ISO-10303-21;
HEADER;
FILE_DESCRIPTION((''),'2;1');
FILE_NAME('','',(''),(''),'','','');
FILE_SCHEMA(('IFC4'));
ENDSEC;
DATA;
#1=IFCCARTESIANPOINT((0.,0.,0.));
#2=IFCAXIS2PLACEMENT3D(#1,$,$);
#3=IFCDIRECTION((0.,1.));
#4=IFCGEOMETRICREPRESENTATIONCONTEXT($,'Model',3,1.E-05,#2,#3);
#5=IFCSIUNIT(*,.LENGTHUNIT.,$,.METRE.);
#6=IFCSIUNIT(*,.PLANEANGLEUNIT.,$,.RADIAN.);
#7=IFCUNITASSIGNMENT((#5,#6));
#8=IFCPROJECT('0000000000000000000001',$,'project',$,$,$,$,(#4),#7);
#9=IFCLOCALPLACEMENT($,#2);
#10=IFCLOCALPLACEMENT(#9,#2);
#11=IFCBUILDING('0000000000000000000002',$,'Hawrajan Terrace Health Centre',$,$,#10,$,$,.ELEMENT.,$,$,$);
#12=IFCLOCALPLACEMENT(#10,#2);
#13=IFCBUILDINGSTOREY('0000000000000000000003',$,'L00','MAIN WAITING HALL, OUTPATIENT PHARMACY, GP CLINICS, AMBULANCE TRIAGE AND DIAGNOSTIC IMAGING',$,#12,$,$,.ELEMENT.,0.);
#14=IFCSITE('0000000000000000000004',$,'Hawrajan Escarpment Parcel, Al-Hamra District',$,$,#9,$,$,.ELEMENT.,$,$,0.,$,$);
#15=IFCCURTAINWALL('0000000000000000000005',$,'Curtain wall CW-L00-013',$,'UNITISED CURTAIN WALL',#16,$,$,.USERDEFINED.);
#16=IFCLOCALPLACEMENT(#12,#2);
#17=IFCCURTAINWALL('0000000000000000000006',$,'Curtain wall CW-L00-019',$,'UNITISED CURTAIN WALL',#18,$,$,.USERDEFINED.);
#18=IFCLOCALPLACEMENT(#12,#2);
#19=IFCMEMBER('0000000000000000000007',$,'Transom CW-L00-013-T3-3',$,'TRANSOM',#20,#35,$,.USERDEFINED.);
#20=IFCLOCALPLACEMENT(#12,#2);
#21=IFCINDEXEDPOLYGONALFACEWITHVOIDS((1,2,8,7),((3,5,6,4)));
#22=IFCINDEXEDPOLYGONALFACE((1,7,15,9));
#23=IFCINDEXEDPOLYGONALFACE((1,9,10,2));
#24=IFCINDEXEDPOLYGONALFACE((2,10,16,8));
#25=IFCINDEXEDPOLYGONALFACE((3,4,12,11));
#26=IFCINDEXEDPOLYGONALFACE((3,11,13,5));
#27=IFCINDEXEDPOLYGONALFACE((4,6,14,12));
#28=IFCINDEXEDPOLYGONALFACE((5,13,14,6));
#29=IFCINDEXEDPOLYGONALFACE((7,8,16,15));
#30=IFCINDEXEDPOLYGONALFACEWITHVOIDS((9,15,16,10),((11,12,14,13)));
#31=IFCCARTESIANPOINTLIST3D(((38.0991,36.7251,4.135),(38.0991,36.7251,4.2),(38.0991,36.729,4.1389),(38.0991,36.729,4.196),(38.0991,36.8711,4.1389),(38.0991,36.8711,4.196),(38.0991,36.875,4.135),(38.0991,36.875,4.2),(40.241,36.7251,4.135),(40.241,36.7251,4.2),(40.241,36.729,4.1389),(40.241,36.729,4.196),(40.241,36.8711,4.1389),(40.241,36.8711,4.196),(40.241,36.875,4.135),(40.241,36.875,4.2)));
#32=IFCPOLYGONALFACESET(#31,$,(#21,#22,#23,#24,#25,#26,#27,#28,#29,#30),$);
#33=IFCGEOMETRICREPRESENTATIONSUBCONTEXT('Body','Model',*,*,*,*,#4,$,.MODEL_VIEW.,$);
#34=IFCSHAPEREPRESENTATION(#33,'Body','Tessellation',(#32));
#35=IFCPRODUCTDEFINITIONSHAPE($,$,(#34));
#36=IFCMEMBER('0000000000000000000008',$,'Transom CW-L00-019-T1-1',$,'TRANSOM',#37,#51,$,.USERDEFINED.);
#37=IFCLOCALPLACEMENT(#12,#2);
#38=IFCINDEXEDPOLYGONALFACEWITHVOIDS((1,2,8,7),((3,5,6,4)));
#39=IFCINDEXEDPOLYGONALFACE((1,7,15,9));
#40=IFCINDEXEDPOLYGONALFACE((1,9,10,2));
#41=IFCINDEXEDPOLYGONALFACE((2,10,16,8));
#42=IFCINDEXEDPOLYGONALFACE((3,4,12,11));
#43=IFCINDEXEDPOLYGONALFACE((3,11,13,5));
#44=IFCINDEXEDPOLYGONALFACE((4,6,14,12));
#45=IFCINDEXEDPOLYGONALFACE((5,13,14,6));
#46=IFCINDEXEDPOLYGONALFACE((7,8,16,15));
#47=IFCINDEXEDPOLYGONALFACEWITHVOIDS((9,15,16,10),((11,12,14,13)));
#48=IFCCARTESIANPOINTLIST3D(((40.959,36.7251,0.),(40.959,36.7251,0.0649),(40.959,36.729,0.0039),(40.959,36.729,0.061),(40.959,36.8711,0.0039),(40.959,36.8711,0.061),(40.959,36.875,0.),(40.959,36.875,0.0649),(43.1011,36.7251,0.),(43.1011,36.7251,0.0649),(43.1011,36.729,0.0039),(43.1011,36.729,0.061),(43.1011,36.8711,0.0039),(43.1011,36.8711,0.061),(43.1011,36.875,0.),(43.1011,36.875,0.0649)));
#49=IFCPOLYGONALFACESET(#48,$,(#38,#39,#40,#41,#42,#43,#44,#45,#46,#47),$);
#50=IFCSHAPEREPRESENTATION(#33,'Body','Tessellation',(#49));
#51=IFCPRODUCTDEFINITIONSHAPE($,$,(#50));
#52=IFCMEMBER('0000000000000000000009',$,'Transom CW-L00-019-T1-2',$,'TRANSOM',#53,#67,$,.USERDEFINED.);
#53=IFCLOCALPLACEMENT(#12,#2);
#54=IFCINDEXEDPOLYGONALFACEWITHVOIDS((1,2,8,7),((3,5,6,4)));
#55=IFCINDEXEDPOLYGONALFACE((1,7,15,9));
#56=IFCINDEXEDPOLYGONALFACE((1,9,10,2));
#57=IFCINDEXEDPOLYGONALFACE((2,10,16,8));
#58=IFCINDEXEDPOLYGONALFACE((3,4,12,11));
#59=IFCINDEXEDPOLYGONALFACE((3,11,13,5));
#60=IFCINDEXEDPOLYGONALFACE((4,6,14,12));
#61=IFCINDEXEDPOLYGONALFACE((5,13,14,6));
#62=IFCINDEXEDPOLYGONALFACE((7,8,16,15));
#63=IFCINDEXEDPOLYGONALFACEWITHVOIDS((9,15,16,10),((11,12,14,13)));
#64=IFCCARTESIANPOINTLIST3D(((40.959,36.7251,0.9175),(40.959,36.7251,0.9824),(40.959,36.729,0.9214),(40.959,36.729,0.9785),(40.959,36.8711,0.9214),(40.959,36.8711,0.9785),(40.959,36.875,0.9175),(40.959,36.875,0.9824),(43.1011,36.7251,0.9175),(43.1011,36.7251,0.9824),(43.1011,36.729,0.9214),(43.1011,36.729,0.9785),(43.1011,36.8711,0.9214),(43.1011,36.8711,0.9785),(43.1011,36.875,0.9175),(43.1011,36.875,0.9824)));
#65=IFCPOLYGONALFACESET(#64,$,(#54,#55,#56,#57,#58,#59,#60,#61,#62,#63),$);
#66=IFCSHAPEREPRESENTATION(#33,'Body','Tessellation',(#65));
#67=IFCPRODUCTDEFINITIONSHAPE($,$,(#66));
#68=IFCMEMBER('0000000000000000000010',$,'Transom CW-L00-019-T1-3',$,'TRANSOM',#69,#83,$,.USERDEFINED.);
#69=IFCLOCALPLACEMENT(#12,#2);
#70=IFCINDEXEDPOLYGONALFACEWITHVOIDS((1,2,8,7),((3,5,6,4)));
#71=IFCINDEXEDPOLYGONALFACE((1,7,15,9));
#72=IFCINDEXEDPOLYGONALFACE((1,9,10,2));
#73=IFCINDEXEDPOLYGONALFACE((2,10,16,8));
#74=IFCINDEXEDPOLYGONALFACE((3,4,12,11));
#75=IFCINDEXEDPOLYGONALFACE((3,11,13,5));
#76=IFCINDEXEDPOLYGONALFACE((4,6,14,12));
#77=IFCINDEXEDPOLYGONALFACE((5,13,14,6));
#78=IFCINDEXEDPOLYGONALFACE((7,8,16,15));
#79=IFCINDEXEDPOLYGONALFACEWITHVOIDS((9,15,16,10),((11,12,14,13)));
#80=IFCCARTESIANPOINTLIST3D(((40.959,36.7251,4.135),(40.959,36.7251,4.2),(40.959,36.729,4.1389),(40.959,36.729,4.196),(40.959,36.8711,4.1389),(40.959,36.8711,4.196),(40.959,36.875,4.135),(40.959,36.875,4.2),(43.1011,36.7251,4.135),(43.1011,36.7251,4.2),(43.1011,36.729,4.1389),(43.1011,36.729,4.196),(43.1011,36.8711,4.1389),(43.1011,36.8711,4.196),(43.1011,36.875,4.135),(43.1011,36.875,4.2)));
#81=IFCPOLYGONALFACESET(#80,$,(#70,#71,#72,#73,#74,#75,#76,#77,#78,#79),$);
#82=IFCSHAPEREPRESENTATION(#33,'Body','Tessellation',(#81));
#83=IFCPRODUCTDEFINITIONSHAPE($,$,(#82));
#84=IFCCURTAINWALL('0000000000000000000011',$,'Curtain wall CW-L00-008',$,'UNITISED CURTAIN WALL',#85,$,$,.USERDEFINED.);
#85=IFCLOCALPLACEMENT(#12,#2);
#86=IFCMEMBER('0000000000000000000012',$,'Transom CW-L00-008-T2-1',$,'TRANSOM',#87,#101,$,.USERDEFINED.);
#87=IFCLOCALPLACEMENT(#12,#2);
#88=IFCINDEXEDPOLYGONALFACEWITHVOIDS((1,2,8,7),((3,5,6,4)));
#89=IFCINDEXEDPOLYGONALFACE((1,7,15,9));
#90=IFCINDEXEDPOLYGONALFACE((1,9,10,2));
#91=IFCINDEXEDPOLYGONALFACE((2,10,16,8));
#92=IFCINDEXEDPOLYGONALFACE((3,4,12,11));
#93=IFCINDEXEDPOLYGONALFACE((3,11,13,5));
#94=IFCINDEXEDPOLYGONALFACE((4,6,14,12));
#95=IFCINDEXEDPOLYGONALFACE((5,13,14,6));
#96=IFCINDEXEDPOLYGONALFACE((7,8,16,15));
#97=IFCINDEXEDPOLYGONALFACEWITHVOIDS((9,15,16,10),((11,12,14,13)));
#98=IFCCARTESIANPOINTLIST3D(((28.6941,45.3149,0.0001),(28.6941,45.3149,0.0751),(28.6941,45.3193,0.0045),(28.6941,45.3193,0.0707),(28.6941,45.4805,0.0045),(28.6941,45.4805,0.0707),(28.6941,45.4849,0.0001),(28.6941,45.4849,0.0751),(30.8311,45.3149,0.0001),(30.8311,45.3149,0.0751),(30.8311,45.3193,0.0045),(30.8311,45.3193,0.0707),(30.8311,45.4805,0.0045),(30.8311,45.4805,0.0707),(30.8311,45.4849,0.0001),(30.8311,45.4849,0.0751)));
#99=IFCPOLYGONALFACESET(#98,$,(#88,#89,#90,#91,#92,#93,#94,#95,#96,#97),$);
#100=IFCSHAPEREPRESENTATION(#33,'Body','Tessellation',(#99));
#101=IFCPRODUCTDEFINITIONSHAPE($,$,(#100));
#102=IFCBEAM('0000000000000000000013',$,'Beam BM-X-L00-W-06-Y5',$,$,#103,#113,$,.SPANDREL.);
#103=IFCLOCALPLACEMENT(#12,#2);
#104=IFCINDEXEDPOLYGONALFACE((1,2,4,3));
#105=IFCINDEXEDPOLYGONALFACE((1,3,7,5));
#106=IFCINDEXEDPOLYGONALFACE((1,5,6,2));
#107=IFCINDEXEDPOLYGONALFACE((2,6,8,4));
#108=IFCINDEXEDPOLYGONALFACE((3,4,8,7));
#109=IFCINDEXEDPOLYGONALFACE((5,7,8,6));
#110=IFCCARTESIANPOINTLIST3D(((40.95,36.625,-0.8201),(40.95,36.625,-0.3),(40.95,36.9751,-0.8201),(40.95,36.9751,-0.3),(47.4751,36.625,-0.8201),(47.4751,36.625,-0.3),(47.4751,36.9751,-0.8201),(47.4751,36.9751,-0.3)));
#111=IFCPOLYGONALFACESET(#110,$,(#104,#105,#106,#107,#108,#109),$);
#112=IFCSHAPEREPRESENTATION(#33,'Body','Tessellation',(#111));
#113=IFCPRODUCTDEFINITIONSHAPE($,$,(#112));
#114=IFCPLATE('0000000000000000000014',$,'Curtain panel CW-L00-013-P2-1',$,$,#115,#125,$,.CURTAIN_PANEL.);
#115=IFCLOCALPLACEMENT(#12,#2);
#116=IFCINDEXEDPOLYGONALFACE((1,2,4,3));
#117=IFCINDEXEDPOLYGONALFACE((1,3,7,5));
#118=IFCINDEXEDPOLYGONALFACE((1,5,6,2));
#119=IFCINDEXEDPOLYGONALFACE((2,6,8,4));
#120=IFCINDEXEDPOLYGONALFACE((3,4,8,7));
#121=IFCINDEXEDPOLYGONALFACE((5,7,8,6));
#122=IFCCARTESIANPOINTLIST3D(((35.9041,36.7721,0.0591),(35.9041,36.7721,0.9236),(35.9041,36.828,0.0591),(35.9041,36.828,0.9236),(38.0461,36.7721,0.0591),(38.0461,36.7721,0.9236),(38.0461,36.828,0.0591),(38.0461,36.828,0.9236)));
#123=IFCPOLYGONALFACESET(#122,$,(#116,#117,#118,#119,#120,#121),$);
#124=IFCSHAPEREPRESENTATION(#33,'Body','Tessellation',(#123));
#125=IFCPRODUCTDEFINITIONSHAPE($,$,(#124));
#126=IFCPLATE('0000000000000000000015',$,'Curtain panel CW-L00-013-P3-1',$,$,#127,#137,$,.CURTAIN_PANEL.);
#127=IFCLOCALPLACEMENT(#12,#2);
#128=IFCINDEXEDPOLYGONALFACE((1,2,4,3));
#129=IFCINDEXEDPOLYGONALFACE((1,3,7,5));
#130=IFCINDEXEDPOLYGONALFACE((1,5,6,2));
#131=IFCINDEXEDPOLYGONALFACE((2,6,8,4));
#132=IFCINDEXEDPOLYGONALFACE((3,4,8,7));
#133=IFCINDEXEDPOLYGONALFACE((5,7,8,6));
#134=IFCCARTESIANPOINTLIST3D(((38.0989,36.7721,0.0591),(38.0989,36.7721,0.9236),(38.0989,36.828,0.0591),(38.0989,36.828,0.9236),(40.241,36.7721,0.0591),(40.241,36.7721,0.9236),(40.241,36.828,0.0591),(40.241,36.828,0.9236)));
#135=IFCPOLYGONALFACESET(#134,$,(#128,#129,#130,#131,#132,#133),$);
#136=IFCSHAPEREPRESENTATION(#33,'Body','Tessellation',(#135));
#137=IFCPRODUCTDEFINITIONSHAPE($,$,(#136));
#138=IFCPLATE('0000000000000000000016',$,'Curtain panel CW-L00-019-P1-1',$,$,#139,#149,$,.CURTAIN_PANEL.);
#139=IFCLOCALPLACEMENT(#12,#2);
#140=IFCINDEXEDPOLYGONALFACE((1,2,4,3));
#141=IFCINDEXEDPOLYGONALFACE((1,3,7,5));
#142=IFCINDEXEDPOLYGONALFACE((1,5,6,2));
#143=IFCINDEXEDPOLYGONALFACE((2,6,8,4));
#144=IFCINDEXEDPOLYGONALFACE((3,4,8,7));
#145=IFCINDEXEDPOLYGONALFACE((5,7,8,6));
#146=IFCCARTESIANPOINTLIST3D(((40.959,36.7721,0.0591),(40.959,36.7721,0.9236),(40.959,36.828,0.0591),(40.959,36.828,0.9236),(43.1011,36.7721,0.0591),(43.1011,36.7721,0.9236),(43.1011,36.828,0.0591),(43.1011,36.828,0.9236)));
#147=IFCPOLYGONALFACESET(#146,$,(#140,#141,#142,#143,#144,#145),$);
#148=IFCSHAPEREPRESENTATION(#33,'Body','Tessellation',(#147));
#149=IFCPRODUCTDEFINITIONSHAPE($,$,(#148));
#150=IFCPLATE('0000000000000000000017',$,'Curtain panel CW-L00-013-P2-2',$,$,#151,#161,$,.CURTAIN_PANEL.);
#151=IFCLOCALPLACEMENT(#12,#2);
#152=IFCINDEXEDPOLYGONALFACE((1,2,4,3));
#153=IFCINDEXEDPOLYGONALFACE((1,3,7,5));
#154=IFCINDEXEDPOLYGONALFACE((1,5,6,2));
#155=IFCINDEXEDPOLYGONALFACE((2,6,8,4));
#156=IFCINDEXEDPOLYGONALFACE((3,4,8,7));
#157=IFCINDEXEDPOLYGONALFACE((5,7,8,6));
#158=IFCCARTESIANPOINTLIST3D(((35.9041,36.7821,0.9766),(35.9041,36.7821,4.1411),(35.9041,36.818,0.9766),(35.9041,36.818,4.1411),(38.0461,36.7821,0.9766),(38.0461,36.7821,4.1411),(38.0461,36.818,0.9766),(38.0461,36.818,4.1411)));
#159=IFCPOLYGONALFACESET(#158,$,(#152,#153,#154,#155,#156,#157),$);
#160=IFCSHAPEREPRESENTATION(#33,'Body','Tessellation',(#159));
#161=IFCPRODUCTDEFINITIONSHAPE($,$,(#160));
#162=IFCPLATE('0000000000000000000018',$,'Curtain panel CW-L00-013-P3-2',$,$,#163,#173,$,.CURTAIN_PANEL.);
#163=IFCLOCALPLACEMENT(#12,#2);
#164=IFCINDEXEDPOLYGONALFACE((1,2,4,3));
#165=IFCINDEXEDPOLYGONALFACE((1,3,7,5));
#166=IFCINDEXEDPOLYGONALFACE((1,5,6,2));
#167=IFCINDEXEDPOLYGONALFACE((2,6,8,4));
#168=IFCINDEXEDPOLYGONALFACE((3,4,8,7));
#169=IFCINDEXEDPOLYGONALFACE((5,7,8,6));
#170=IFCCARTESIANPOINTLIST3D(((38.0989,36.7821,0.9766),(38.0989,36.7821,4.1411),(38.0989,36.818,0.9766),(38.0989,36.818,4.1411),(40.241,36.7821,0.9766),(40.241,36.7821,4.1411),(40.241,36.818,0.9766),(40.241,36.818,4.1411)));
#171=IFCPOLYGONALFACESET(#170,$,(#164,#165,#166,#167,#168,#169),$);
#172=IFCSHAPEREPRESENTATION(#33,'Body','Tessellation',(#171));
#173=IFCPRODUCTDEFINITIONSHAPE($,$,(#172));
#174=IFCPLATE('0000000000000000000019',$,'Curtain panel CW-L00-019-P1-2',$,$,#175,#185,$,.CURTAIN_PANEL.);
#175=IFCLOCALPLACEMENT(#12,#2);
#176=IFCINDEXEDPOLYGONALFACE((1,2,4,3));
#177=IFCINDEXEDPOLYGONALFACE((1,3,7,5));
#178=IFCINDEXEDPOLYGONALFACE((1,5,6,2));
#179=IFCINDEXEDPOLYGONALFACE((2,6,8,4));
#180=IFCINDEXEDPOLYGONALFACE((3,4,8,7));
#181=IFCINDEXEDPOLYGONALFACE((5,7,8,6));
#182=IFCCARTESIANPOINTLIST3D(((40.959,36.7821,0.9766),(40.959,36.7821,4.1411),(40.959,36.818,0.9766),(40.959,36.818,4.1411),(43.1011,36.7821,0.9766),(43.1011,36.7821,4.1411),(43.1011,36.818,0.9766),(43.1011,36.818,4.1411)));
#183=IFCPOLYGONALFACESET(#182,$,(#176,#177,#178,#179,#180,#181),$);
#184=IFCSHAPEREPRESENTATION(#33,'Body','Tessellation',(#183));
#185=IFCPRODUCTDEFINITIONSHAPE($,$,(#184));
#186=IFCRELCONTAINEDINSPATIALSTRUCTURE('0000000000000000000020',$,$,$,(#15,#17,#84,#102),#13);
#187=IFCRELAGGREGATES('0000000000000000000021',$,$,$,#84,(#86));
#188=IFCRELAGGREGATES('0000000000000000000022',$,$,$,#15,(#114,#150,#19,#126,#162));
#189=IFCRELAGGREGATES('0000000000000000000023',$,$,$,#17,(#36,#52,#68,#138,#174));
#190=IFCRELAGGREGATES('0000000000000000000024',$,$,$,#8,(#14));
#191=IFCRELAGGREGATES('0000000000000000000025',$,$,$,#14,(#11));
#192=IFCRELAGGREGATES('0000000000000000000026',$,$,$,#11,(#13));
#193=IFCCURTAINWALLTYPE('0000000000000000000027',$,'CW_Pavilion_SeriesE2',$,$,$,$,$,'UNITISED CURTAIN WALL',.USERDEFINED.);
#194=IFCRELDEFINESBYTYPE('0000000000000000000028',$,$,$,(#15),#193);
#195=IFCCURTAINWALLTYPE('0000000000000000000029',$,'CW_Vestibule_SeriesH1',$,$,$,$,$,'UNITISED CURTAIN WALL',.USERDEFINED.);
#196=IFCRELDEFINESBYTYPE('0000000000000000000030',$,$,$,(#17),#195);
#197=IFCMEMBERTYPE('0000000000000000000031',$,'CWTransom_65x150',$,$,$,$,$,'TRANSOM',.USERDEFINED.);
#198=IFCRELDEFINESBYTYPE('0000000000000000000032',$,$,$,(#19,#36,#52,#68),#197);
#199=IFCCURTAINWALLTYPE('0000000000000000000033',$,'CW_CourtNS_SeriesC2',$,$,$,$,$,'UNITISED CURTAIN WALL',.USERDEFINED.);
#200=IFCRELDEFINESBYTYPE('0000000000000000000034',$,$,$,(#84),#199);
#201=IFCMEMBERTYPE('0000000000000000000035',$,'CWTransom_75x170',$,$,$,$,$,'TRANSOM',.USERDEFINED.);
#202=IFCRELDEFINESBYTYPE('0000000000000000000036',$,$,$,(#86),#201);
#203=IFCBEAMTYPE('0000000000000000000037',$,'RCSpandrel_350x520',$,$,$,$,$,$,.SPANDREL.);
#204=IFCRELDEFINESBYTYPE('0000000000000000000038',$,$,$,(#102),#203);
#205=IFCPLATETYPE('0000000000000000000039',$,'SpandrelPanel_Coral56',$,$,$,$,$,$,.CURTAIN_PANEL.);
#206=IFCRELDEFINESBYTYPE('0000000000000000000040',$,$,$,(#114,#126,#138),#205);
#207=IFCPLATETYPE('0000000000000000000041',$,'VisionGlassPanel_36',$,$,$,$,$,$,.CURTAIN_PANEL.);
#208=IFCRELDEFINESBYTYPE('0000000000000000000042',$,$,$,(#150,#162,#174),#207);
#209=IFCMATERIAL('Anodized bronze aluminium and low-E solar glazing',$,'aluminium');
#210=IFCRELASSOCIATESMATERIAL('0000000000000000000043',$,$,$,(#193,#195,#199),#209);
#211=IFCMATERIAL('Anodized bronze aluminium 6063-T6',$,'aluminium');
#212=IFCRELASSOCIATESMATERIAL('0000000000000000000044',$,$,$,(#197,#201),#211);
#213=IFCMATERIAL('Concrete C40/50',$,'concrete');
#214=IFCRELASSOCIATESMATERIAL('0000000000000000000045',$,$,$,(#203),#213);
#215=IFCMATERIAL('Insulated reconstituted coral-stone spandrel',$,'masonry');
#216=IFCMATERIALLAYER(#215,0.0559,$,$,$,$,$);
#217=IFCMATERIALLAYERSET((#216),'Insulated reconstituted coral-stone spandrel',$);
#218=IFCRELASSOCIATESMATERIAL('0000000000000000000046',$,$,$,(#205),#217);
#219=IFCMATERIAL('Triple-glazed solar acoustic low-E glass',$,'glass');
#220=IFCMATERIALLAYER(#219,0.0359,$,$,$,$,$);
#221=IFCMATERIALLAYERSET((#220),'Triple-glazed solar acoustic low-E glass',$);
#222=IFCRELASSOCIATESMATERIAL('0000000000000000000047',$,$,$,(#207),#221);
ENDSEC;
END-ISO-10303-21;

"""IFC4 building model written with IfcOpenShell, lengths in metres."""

from ifc_helpers import new_model, si_unit, direction, frame, origin, origin_2d, place, context, subcontext, project, spatial, rectangle, hollow_rectangle, extrude, material, layer, layer_set, material_profile, profile_set, type_object, element, aggregate, save


model = new_model("IFC4")

# Units and contexts
model_context = context("Model", 3, precision=1e-05, world=origin(), true_north=direction((0.0, 1.0)))
body_context = subcontext(model_context, "Body", "Model", "MODEL_VIEW")
ifc_project = project(units=[si_unit("LENGTHUNIT", "METRE"), si_unit("PLANEANGLEUNIT", "RADIAN")], contexts=[model_context])

# Site, building, storey
site_placement = place(None, origin())
site = spatial("IfcSite", under=ifc_project, at=site_placement, Name="Hawrajan Escarpment Parcel, Al-Hamra District", CompositionType="ELEMENT", RefElevation=0.0)
building_placement = place(site_placement, origin())
building = spatial("IfcBuilding", under=site, at=building_placement, Name="Hawrajan Terrace Health Centre", CompositionType="ELEMENT")
storey_placement = place(building_placement, origin())
storey = spatial("IfcBuildingStorey", under=building, at=storey_placement, Name="L00", Description="MAIN WAITING HALL, OUTPATIENT PHARMACY, GP CLINICS, AMBULANCE TRIAGE AND DIAGNOSTIC IMAGING", CompositionType="ELEMENT", Elevation=0.0)

# Shared definitions
ifc_material_1 = material(Name="Concrete C40/50", Category="concrete")

# Curtain walls
ifc_material_2 = material(Name="Anodized bronze aluminium and low-E solar glazing", Category="aluminium")
curtain_wall_type_1 = type_object("IfcCurtainWallType", Name="CW_Pavilion_SeriesE2", ElementType="UNITISED CURTAIN WALL", PredefinedType="USERDEFINED", material=ifc_material_2)
curtain_wall_1_placement = place(storey_placement, origin())
curtain_wall_1 = element("IfcCurtainWall", 1, at=curtain_wall_1_placement, inside=storey, type_object=curtain_wall_type_1, Name="Curtain wall CW-L00-013", ObjectType="UNITISED CURTAIN WALL", PredefinedType="USERDEFINED")
ifc_material_3 = material(Name="Anodized bronze aluminium 6063-T6", Category="aluminium")
curtain_wall_type_2 = type_object("IfcCurtainWallType", Name="CW_Vestibule_SeriesH1", ElementType="UNITISED CURTAIN WALL", PredefinedType="USERDEFINED", material=ifc_material_2)
curtain_wall_2_placement = place(storey_placement, origin())
curtain_wall_2 = element("IfcCurtainWall", 2, at=curtain_wall_2_placement, inside=storey, type_object=curtain_wall_type_2, Name="Curtain wall CW-L00-019", ObjectType="UNITISED CURTAIN WALL", PredefinedType="USERDEFINED")

# Members
ifc_material_profile_1 = material_profile(ifc_material_3, hollow_rectangle(XDim=0.0649, YDim=0.1499, WallThickness=0.0039, at=origin_2d()), Name="CW TRN 65x150")
ifc_profile_set_1 = profile_set([ifc_material_profile_1], Name="Anodized bronze aluminium 6063-T6")
member_type_1 = type_object("IfcMemberType", Name="CWTransom_65x150", ElementType="TRANSOM", PredefinedType="USERDEFINED", material=ifc_profile_set_1)
member_1_placement = place(storey_placement, frame((38.0991, 36.8, 4.1675), z_axis=(1.0, 0.0, 0.0), x_axis=(0.0, 0.0, 1.0)))
member_1 = element("IfcMember", 3, at=member_1_placement, type_object=member_type_1, Name="Transom CW-L00-013-T3-3", ObjectType="TRANSOM", PredefinedType="USERDEFINED", context=body_context, shape_type="SweptSolid", body=[
    extrude(hollow_rectangle(XDim=0.0649, YDim=0.1499, WallThickness=0.0039, at=origin_2d()), origin(), (0.0, 0.0, 1.0), 2.1418),
])
member_2_placement = place(storey_placement, frame((40.959, 36.8, 0.0325), z_axis=(1.0, 0.0, 0.0), x_axis=(0.0, 0.0, 1.0)))
member_2 = element("IfcMember", 4, at=member_2_placement, type_object=member_type_1, Name="Transom CW-L00-019-T1-1", ObjectType="TRANSOM", PredefinedType="USERDEFINED", context=body_context, shape_type="SweptSolid", body=[
    extrude(hollow_rectangle(XDim=0.0649, YDim=0.1499, WallThickness=0.0039, at=origin_2d()), origin(), (0.0, 0.0, 1.0), 2.1421),
])
member_3_placement = place(storey_placement, frame((40.959, 36.8, 0.95), z_axis=(1.0, 0.0, 0.0), x_axis=(0.0, 0.0, 1.0)))
member_3 = element("IfcMember", 5, at=member_3_placement, type_object=member_type_1, Name="Transom CW-L00-019-T1-2", ObjectType="TRANSOM", PredefinedType="USERDEFINED", context=body_context, shape_type="SweptSolid", body=[
    extrude(hollow_rectangle(XDim=0.0649, YDim=0.1499, WallThickness=0.0039, at=origin_2d()), origin(), (0.0, 0.0, 1.0), 2.1421),
])
member_4_placement = place(storey_placement, frame((40.959, 36.8, 4.1675), z_axis=(1.0, 0.0, 0.0), x_axis=(0.0, 0.0, 1.0)))
member_4 = element("IfcMember", 6, at=member_4_placement, type_object=member_type_1, Name="Transom CW-L00-019-T1-3", ObjectType="TRANSOM", PredefinedType="USERDEFINED", context=body_context, shape_type="SweptSolid", body=[
    extrude(hollow_rectangle(XDim=0.0649, YDim=0.1499, WallThickness=0.0039, at=origin_2d()), origin(), (0.0, 0.0, 1.0), 2.1421),
])

# Curtain wall, member
curtain_wall_type_3 = type_object("IfcCurtainWallType", Name="CW_CourtNS_SeriesC2", ElementType="UNITISED CURTAIN WALL", PredefinedType="USERDEFINED", material=ifc_material_2)
curtain_wall_3_placement = place(storey_placement, origin())
curtain_wall_3 = element("IfcCurtainWall", 7, at=curtain_wall_3_placement, inside=storey, type_object=curtain_wall_type_3, Name="Curtain wall CW-L00-008", ObjectType="UNITISED CURTAIN WALL", PredefinedType="USERDEFINED")
ifc_material_profile_2 = material_profile(ifc_material_3, hollow_rectangle(XDim=0.075, YDim=0.1699, WallThickness=0.0044, at=origin_2d()), Name="CW TRN 75x170")
ifc_profile_set_2 = profile_set([ifc_material_profile_2], Name="Anodized bronze aluminium 6063-T6")
member_type_2 = type_object("IfcMemberType", Name="CWTransom_75x170", ElementType="TRANSOM", PredefinedType="USERDEFINED", material=ifc_profile_set_2)
member_5_placement = place(storey_placement, frame((28.6941, 45.3999, 0.0376), z_axis=(1.0, 0.0, 0.0), x_axis=(0.0, 0.0, 1.0)))
member_5 = element("IfcMember", 8, at=member_5_placement, type_object=member_type_2, Name="Transom CW-L00-008-T2-1", ObjectType="TRANSOM", PredefinedType="USERDEFINED", context=body_context, shape_type="SweptSolid", body=[
    extrude(hollow_rectangle(XDim=0.075, YDim=0.1699, WallThickness=0.0044, at=origin_2d()), origin(), (0.0, 0.0, 1.0), 2.137),
])
aggregate(curtain_wall_3, [member_5])

# Beam
ifc_material_profile_3 = material_profile(ifc_material_1, rectangle(XDim=0.3501, YDim=0.52, at=origin_2d()), Name="RC SP 350x520")
ifc_profile_set_3 = profile_set([ifc_material_profile_3], Name="Concrete C40/50")
beam_type = type_object("IfcBeamType", Name="RCSpandrel_350x520", PredefinedType="SPANDREL", material=ifc_profile_set_3)
beam_placement = place(storey_placement, frame((40.95, 36.8, -0.5601), z_axis=(1.0, 0.0, 0.0), x_axis=(0.0, 1.0, 0.0)))
element("IfcBeam", 9, at=beam_placement, inside=storey, type_object=beam_type, Name="Beam BM-X-L00-W-06-Y5", PredefinedType="SPANDREL", context=body_context, shape_type="SweptSolid", body=[
    extrude(rectangle(XDim=0.3501, YDim=0.52, at=origin_2d()), origin(), (0.0, 0.0, 1.0), 6.5251),
])

# Plates
ifc_material_4 = material(Name="Insulated reconstituted coral-stone spandrel", Category="masonry")
ifc_layer_1 = layer(ifc_material_4, 0.0559)
ifc_layer_set_1 = layer_set([ifc_layer_1], Name="Insulated reconstituted coral-stone spandrel")
plate_type_1 = type_object("IfcPlateType", Name="SpandrelPanel_Coral56", PredefinedType="CURTAIN_PANEL", material=ifc_layer_set_1)
plate_1_placement = place(storey_placement, frame((36.9751, 36.8, 0.0591), z_axis=(0.0, 0.0, 1.0), x_axis=(1.0, 0.0, 0.0)))
plate_1 = element("IfcPlate", 10, at=plate_1_placement, type_object=plate_type_1, Name="Curtain panel CW-L00-013-P2-1", PredefinedType="CURTAIN_PANEL", context=body_context, shape_type="SweptSolid", body=[
    extrude(rectangle(XDim=2.1421, YDim=0.0559, at=origin_2d()), origin(), (0.0, 0.0, 1.0), 0.8645),
])
plate_2_placement = place(storey_placement, frame((39.1699, 36.8, 0.0591), z_axis=(0.0, 0.0, 1.0), x_axis=(1.0, 0.0, 0.0)))
plate_2 = element("IfcPlate", 11, at=plate_2_placement, type_object=plate_type_1, Name="Curtain panel CW-L00-013-P3-1", PredefinedType="CURTAIN_PANEL", context=body_context, shape_type="SweptSolid", body=[
    extrude(rectangle(XDim=2.1421, YDim=0.0559, at=origin_2d()), origin(), (0.0, 0.0, 1.0), 0.8645),
])
plate_3_placement = place(storey_placement, frame((42.03, 36.8, 0.0591), z_axis=(0.0, 0.0, 1.0), x_axis=(1.0, 0.0, 0.0)))
plate_3 = element("IfcPlate", 12, at=plate_3_placement, type_object=plate_type_1, Name="Curtain panel CW-L00-019-P1-1", PredefinedType="CURTAIN_PANEL", context=body_context, shape_type="SweptSolid", body=[
    extrude(rectangle(XDim=2.1421, YDim=0.0559, at=origin_2d()), origin(), (0.0, 0.0, 1.0), 0.8645),
])
ifc_material_5 = material(Name="Triple-glazed solar acoustic low-E glass", Category="glass")
ifc_layer_2 = layer(ifc_material_5, 0.0359)
ifc_layer_set_2 = layer_set([ifc_layer_2], Name="Triple-glazed solar acoustic low-E glass")
plate_type_2 = type_object("IfcPlateType", Name="VisionGlassPanel_36", PredefinedType="CURTAIN_PANEL", material=ifc_layer_set_2)
plate_4_placement = place(storey_placement, frame((36.9751, 36.8, 0.9766), z_axis=(0.0, 0.0, 1.0), x_axis=(1.0, 0.0, 0.0)))
plate_4 = element("IfcPlate", 13, at=plate_4_placement, type_object=plate_type_2, Name="Curtain panel CW-L00-013-P2-2", PredefinedType="CURTAIN_PANEL", context=body_context, shape_type="SweptSolid", body=[
    extrude(rectangle(XDim=2.1421, YDim=0.0359, at=origin_2d()), origin(), (0.0, 0.0, 1.0), 3.1646),
])
plate_5_placement = place(storey_placement, frame((39.1699, 36.8, 0.9766), z_axis=(0.0, 0.0, 1.0), x_axis=(1.0, 0.0, 0.0)))
plate_5 = element("IfcPlate", 14, at=plate_5_placement, type_object=plate_type_2, Name="Curtain panel CW-L00-013-P3-2", PredefinedType="CURTAIN_PANEL", context=body_context, shape_type="SweptSolid", body=[
    extrude(rectangle(XDim=2.1421, YDim=0.0359, at=origin_2d()), origin(), (0.0, 0.0, 1.0), 3.1646),
])
aggregate(curtain_wall_1, [plate_1, plate_4, member_1, plate_2, plate_5])
plate_6_placement = place(storey_placement, frame((42.03, 36.8, 0.9766), z_axis=(0.0, 0.0, 1.0), x_axis=(1.0, 0.0, 0.0)))
plate_6 = element("IfcPlate", 15, at=plate_6_placement, type_object=plate_type_2, Name="Curtain panel CW-L00-019-P1-2", PredefinedType="CURTAIN_PANEL", context=body_context, shape_type="SweptSolid", body=[
    extrude(rectangle(XDim=2.1421, YDim=0.0359, at=origin_2d()), origin(), (0.0, 0.0, 1.0), 3.1646),
])
aggregate(curtain_wall_2, [member_2, member_3, member_4, plate_3, plate_6])

save(model, "model.ifc")
